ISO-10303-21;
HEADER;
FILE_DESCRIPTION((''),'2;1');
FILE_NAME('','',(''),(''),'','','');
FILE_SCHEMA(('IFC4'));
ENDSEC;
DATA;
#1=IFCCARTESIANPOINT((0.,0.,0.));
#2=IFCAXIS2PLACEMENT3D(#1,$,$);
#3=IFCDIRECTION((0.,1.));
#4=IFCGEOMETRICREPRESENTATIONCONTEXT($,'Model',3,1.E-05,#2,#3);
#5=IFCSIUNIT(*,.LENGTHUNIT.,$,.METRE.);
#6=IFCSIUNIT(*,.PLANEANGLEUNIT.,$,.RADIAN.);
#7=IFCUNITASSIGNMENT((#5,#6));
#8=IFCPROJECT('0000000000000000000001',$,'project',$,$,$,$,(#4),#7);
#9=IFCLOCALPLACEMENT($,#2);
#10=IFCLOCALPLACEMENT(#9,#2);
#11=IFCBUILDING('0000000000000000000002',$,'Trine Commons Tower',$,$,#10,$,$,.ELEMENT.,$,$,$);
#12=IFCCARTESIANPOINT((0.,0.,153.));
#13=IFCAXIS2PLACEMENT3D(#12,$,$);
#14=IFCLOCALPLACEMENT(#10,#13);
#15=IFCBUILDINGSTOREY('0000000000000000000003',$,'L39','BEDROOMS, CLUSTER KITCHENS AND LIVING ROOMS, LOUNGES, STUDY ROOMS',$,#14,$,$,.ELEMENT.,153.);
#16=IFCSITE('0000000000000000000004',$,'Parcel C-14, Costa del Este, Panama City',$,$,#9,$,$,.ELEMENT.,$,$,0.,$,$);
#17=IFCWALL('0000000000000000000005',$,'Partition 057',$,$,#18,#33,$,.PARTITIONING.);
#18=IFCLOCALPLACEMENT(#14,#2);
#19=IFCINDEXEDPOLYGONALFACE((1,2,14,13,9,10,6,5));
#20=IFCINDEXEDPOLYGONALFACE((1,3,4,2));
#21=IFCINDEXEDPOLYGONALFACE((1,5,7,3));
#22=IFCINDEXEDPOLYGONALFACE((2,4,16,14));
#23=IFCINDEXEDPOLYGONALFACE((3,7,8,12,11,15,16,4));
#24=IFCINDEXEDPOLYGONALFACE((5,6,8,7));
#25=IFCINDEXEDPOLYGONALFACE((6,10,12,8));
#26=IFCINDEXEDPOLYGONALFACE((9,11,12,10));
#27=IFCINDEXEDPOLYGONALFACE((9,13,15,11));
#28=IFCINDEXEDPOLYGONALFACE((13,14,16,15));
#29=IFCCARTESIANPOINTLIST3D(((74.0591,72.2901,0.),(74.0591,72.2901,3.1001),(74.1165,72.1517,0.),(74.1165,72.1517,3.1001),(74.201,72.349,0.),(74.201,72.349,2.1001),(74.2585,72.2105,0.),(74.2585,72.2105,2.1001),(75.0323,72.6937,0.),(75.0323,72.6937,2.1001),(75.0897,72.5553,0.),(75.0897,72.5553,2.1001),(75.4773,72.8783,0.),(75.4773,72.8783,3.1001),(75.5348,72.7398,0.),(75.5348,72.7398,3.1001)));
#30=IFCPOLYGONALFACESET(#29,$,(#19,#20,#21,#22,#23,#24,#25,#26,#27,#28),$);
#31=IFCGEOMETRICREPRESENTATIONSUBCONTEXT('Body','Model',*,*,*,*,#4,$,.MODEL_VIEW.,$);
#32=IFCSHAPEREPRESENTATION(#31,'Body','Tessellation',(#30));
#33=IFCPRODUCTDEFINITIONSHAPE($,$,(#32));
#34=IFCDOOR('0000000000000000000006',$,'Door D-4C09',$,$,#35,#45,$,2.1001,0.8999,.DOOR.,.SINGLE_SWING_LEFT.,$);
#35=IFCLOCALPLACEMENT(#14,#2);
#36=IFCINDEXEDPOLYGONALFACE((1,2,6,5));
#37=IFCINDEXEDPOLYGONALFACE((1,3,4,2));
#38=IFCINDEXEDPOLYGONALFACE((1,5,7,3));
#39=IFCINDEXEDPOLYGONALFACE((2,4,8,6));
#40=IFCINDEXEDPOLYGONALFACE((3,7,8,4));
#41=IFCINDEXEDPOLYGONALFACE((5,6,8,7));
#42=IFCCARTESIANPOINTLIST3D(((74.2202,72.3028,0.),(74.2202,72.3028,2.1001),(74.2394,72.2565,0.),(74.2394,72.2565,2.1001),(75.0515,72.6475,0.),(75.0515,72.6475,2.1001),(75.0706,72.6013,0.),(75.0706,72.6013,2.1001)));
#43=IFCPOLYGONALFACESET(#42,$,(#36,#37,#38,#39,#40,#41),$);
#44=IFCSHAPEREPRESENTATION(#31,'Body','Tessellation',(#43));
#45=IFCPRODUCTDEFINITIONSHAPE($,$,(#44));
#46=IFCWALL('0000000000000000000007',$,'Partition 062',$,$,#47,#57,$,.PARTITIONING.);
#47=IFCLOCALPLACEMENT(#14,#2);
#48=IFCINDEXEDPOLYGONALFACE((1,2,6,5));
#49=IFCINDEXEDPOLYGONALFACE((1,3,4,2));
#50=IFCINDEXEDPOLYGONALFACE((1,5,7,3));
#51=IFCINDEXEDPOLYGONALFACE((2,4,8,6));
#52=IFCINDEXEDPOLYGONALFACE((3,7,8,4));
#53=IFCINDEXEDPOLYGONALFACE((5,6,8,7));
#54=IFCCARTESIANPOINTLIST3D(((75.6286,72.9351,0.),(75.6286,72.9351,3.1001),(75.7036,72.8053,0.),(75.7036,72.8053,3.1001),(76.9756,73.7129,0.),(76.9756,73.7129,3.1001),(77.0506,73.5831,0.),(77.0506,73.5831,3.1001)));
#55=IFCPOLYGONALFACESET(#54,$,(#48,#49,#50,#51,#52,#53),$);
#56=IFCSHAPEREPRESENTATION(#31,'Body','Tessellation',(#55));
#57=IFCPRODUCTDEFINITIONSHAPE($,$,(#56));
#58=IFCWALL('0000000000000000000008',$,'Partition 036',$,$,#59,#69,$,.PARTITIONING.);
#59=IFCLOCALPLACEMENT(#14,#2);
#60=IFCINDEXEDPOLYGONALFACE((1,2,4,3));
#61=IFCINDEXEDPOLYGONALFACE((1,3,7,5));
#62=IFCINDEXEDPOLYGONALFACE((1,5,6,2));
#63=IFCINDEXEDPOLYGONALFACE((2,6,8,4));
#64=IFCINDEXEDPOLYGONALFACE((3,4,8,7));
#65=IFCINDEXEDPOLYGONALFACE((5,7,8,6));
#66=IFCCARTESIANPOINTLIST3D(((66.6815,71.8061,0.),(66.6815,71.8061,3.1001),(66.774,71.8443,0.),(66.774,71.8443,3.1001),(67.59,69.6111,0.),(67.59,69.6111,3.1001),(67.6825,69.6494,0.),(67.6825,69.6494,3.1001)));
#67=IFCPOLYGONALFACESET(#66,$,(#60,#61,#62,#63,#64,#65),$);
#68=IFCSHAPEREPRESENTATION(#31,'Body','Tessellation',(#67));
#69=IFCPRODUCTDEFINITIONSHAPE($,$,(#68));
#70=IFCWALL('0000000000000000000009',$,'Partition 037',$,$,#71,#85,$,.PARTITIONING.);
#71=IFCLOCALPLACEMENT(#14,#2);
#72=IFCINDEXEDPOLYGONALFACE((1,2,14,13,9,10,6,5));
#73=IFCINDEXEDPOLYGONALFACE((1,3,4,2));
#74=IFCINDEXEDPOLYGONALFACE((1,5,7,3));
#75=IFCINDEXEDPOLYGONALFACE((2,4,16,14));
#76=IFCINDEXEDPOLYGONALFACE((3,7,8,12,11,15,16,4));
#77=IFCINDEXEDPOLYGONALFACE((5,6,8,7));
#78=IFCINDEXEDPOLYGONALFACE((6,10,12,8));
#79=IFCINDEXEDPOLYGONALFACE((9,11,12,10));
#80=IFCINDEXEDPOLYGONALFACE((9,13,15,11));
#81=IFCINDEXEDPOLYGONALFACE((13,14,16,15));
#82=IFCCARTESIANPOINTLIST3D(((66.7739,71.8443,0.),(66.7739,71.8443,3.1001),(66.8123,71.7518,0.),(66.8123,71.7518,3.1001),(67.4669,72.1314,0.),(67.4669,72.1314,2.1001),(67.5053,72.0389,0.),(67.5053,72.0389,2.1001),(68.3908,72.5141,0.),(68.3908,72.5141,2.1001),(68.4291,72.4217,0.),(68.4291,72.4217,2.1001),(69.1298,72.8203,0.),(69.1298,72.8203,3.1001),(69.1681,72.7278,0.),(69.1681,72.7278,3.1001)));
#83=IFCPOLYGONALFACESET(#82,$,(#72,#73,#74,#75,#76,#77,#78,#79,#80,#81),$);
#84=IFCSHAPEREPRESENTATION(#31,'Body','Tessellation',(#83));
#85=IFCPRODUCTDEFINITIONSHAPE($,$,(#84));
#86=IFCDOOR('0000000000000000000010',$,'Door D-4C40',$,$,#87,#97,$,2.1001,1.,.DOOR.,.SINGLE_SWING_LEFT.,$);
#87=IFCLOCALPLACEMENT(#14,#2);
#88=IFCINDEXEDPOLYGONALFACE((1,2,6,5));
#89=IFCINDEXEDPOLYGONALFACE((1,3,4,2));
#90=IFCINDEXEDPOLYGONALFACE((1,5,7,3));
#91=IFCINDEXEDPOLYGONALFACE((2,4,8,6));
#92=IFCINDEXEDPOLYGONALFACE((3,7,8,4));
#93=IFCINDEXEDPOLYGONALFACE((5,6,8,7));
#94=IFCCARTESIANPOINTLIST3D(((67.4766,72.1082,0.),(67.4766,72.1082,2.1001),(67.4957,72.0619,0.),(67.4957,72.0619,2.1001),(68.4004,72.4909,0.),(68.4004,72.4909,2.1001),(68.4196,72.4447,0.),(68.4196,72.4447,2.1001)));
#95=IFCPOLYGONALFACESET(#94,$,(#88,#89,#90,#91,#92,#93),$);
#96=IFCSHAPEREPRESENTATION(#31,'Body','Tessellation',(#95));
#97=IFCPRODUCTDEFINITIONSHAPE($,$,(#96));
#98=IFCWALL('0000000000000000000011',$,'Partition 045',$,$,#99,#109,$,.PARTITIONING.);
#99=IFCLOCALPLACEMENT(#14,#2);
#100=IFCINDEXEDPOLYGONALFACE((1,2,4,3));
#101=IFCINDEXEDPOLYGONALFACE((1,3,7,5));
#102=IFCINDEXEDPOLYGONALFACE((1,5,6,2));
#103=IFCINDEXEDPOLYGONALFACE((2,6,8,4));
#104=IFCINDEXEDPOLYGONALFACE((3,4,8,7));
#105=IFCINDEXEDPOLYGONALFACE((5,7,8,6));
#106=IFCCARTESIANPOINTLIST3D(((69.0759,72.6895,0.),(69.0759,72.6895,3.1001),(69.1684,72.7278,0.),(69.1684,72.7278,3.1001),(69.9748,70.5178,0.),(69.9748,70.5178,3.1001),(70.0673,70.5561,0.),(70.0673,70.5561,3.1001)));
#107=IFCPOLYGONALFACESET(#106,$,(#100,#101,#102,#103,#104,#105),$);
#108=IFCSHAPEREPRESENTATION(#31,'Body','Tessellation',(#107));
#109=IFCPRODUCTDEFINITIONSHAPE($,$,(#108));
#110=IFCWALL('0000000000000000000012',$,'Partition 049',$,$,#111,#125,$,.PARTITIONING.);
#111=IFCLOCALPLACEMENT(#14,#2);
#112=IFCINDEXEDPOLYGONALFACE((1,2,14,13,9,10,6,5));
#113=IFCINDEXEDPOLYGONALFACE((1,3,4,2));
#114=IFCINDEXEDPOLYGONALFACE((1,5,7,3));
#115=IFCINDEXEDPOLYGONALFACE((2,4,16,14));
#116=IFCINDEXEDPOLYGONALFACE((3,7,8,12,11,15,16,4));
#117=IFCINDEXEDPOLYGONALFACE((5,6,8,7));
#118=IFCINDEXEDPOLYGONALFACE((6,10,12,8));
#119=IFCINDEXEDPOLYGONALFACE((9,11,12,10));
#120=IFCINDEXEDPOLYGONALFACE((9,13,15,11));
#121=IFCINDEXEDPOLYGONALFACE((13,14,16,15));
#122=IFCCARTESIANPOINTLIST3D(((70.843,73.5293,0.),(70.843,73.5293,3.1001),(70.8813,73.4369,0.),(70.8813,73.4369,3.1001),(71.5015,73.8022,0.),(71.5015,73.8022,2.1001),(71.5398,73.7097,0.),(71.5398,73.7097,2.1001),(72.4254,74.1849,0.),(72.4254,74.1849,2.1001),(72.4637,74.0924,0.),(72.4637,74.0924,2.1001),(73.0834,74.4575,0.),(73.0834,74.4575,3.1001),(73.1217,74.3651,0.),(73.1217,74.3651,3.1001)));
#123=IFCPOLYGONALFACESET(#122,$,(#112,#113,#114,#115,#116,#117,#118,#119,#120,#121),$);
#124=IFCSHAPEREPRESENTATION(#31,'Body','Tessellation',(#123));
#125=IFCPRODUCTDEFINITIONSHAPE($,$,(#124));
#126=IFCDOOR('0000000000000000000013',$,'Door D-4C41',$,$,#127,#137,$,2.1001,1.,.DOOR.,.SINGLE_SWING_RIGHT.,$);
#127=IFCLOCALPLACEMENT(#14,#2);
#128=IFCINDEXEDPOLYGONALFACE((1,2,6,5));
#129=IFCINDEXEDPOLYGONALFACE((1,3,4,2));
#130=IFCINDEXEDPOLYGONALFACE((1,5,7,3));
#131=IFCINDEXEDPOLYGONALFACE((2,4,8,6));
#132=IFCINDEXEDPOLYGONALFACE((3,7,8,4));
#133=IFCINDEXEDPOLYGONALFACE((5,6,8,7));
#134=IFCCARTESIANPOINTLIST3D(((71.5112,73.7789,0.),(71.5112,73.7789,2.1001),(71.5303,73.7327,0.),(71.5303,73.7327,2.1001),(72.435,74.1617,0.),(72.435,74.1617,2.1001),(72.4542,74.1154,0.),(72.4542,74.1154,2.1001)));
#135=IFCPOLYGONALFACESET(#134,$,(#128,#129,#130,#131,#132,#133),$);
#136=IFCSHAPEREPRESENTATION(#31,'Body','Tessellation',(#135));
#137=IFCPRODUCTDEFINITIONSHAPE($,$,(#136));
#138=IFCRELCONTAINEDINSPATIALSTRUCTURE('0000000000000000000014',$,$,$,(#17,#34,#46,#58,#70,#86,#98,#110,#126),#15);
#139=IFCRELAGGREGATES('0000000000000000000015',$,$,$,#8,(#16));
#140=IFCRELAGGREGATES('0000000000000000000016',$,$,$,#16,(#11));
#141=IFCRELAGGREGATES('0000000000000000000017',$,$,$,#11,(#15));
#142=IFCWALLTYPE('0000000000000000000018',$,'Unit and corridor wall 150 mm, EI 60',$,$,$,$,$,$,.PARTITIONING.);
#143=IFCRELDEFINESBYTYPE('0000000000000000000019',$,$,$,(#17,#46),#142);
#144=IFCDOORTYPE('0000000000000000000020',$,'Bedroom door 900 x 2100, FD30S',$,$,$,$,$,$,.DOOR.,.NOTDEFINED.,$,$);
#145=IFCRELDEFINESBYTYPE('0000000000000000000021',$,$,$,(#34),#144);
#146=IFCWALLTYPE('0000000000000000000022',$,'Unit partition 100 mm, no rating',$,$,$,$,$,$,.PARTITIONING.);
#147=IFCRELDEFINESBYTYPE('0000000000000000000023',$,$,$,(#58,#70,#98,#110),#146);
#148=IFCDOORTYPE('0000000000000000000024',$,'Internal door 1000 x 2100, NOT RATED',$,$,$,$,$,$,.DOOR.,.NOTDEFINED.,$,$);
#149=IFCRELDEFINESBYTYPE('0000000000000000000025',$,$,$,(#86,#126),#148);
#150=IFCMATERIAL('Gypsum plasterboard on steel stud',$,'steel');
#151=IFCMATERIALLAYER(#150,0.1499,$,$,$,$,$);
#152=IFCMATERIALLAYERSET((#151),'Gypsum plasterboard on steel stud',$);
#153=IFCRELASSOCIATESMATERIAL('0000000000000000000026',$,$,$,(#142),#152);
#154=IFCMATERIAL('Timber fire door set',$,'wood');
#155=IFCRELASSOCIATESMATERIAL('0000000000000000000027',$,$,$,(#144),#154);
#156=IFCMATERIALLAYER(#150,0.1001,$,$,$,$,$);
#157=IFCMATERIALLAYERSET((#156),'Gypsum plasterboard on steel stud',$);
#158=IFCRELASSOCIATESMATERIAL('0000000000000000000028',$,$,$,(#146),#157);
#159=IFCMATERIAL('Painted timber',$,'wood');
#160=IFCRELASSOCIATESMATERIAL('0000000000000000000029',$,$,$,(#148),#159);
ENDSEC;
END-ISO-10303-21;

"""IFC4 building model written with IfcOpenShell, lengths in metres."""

from ifc_helpers import new_model, si_unit, direction, frame, frame_2d, origin, place, context, subcontext, project, spatial, rectangle, extrude, material, layer, layer_set, type_object, element, fill, save


model = new_model("IFC4")

# Units and contexts
model_context = context("Model", 3, precision=1e-05, world=origin(), true_north=direction((0.0, 1.0)))
body_context = subcontext(model_context, "Body", "Model", "MODEL_VIEW")
ifc_project = project(units=[si_unit("LENGTHUNIT", "METRE"), si_unit("PLANEANGLEUNIT", "RADIAN")], contexts=[model_context])

# Site, building, storey
site_placement = place(None, origin())
site = spatial("IfcSite", under=ifc_project, at=site_placement, Name="Parcel C-14, Costa del Este, Panama City", CompositionType="ELEMENT", RefElevation=0.0)
building_placement = place(site_placement, origin())
building = spatial("IfcBuilding", under=site, at=building_placement, Name="Trine Commons Tower", CompositionType="ELEMENT")
storey_placement = place(building_placement, frame((0.0, 0.0, 153.0)))
storey = spatial("IfcBuildingStorey", under=building, at=storey_placement, Name="L39", Description="BEDROOMS, CLUSTER KITCHENS AND LIVING ROOMS, LOUNGES, STUDY ROOMS", CompositionType="ELEMENT", Elevation=153.0)

# Shared definitions
ifc_material_1 = material(Name="Gypsum plasterboard on steel stud", Category="steel")
ifc_layer_1 = layer(ifc_material_1, 0.1499)
ifc_layer_set_1 = layer_set([ifc_layer_1], Name="Gypsum plasterboard on steel stud")
wall_type_1 = type_object("IfcWallType", Name="Unit and corridor wall 150 mm, EI 60", PredefinedType="PARTITIONING", material=ifc_layer_set_1)
ifc_material_2 = material(Name="Timber fire door set", Category="wood")

# Wall, opening, door
wall_1_placement = place(storey_placement, frame((74.0879, 72.2209, 0.0), z_axis=(0.0, 0.0, 1.0), x_axis=(0.92372, 0.383068, 0.0)))
wall_1 = element("IfcWall", 1, at=wall_1_placement, inside=storey, type_object=wall_type_1, Name="Partition 057", PredefinedType="PARTITIONING", context=body_context, shape_type="SweptSolid", body=[
    extrude(rectangle(XDim=1.5354, YDim=0.1499, at=frame_2d((0.7676, 0.0))), origin(), (0.0, 0.0, 1.0), 3.1001),
])
opening_1_placement = place(wall_1_placement, frame((0.1536, 0.0, 0.0)))
opening_1 = element("IfcOpeningElement", 2, at=opening_1_placement, cuts=wall_1, PredefinedType="OPENING", context=body_context, shape_type="SweptSolid", body=[
    extrude(rectangle(XDim=0.8999, YDim=2.1001, at=frame_2d((0.45, 1.05))), frame((0.0, 0.085, 0.0), z_axis=(0.0, -1.0, 0.0), x_axis=(1.0, 0.0, 0.0)), (0.0, 0.0, 1.0), 0.1699),
])
door_type_1 = type_object("IfcDoorType", Name="Bedroom door 900 x 2100, FD30S", OperationType="NOTDEFINED", PredefinedType="DOOR", material=ifc_material_2)
door_1_placement = place(opening_1_placement, origin())
door_1 = element("IfcDoor", 3, at=door_1_placement, inside=storey, type_object=door_type_1, Name="Door D-4C09", OperationType="SINGLE_SWING_LEFT", OverallHeight=2.1001, OverallWidth=0.8999, PredefinedType="DOOR", context=body_context, shape_type="SweptSolid", body=[
    extrude(rectangle(XDim=0.8999, YDim=2.1001, at=frame_2d((0.45, 1.05))), frame((0.0, 0.0249, 0.0), z_axis=(0.0, -1.0, 0.0), x_axis=(1.0, 0.0, 0.0)), (0.0, 0.0, 1.0), 0.05),
])
fill(opening_1, door_1)

# Walls
wall_2_placement = place(storey_placement, frame((75.666, 72.8701, 0.0), z_axis=(0.0, 0.0, 1.0), x_axis=(0.865974, 0.500089, 0.0)))
element("IfcWall", 4, at=wall_2_placement, inside=storey, type_object=wall_type_1, Name="Partition 062", PredefinedType="PARTITIONING", context=body_context, shape_type="SweptSolid", body=[
    extrude(rectangle(XDim=1.5554, YDim=0.1499, at=frame_2d((0.7778, 0.0))), origin(), (0.0, 0.0, 1.0), 3.1001),
])
ifc_layer_2 = layer(ifc_material_1, 0.1001)
ifc_layer_set_2 = layer_set([ifc_layer_2], Name="Gypsum plasterboard on steel stud")
wall_type_2 = type_object("IfcWallType", Name="Unit partition 100 mm, no rating", PredefinedType="PARTITIONING", material=ifc_layer_set_2)
wall_3_placement = place(storey_placement, frame((66.7278, 71.8252, 0.0), z_axis=(0.0, 0.0, 1.0), x_axis=(0.38244, -0.923981, 0.0)))
element("IfcWall", 5, at=wall_3_placement, inside=storey, type_object=wall_type_2, Name="Partition 036", PredefinedType="PARTITIONING", context=body_context, shape_type="SweptSolid", body=[
    extrude(rectangle(XDim=2.3755, YDim=0.1001, at=frame_2d((1.1877, 0.0))), origin(), (0.0, 0.0, 1.0), 3.1001),
])

# Wall, opening, door
wall_4_placement = place(storey_placement, frame((66.7932, 71.7981, 0.0), z_axis=(0.0, 0.0, 1.0), x_axis=(0.923851, 0.382752, 0.0)))
wall_4 = element("IfcWall", 6, at=wall_4_placement, inside=storey, type_object=wall_type_2, Name="Partition 037", PredefinedType="PARTITIONING", context=body_context, shape_type="SweptSolid", body=[
    extrude(rectangle(XDim=2.55, YDim=0.1001, at=frame_2d((1.2749, 0.0))), origin(), (0.0, 0.0, 1.0), 3.1001),
])
opening_2_placement = place(wall_4_placement, frame((0.75, 0.0, 0.0)))
opening_2 = element("IfcOpeningElement", 7, at=opening_2_placement, cuts=wall_4, PredefinedType="OPENING", context=body_context, shape_type="SweptSolid", body=[
    extrude(rectangle(XDim=1.0, YDim=2.1001, at=frame_2d((0.5, 1.05))), frame((0.0, 0.0601, 0.0), z_axis=(0.0, -1.0, 0.0), x_axis=(1.0, 0.0, 0.0)), (0.0, 0.0, 1.0), 0.1201),
])
ifc_material_3 = material(Name="Painted timber", Category="wood")
door_type_2 = type_object("IfcDoorType", Name="Internal door 1000 x 2100, NOT RATED", OperationType="NOTDEFINED", PredefinedType="DOOR", material=ifc_material_3)
door_2_placement = place(opening_2_placement, origin())
door_2 = element("IfcDoor", 8, at=door_2_placement, inside=storey, type_object=door_type_2, Name="Door D-4C40", OperationType="SINGLE_SWING_LEFT", OverallHeight=2.1001, OverallWidth=1.0, PredefinedType="DOOR", context=body_context, shape_type="SweptSolid", body=[
    extrude(rectangle(XDim=1.0, YDim=2.1001, at=frame_2d((0.5, 1.05))), frame((0.0, 0.0249, 0.0), z_axis=(0.0, -1.0, 0.0), x_axis=(1.0, 0.0, 0.0)), (0.0, 0.0, 1.0), 0.05),
])
fill(opening_2, door_2)

# Wall
wall_5_placement = place(storey_placement, frame((69.1221, 72.7087, 0.0), z_axis=(0.0, 0.0, 1.0), x_axis=(0.382468, -0.923969, 0.0)))
element("IfcWall", 9, at=wall_5_placement, inside=storey, type_object=wall_type_2, Name="Partition 045", PredefinedType="PARTITIONING", context=body_context, shape_type="SweptSolid", body=[
    extrude(rectangle(XDim=2.3503, YDim=0.1001, at=frame_2d((1.1753, 0.0))), origin(), (0.0, 0.0, 1.0), 3.1001),
])

# Wall, opening, door
wall_6_placement = place(storey_placement, frame((70.8623, 73.4832, 0.0), z_axis=(0.0, 0.0, 1.0), x_axis=(0.923852, 0.382749, 0.0)))
wall_6 = element("IfcWall", 10, at=wall_6_placement, inside=storey, type_object=wall_type_2, Name="Partition 049", PredefinedType="PARTITIONING", context=body_context, shape_type="SweptSolid", body=[
    extrude(rectangle(XDim=2.425, YDim=0.1001, at=frame_2d((1.2124, 0.0))), origin(), (0.0, 0.0, 1.0), 3.1001),
])
opening_3_placement = place(wall_6_placement, frame((0.7126, 0.0, 0.0)))
opening_3 = element("IfcOpeningElement", 11, at=opening_3_placement, cuts=wall_6, PredefinedType="OPENING", context=body_context, shape_type="SweptSolid", body=[
    extrude(rectangle(XDim=1.0, YDim=2.1001, at=frame_2d((0.5, 1.05))), frame((0.0, 0.0601, 0.0), z_axis=(0.0, -1.0, 0.0), x_axis=(1.0, 0.0, 0.0)), (0.0, 0.0, 1.0), 0.1201),
])
door_3_placement = place(opening_3_placement, origin())
door_3 = element("IfcDoor", 12, at=door_3_placement, inside=storey, type_object=door_type_2, Name="Door D-4C41", OperationType="SINGLE_SWING_RIGHT", OverallHeight=2.1001, OverallWidth=1.0, PredefinedType="DOOR", context=body_context, shape_type="SweptSolid", body=[
    extrude(rectangle(XDim=1.0, YDim=2.1001, at=frame_2d((0.5, 1.05))), frame((0.0, 0.0249, 0.0), z_axis=(0.0, -1.0, 0.0), x_axis=(1.0, 0.0, 0.0)), (0.0, 0.0, 1.0), 0.05),
])
fill(opening_3, door_3)

save(model, "model.ifc")
